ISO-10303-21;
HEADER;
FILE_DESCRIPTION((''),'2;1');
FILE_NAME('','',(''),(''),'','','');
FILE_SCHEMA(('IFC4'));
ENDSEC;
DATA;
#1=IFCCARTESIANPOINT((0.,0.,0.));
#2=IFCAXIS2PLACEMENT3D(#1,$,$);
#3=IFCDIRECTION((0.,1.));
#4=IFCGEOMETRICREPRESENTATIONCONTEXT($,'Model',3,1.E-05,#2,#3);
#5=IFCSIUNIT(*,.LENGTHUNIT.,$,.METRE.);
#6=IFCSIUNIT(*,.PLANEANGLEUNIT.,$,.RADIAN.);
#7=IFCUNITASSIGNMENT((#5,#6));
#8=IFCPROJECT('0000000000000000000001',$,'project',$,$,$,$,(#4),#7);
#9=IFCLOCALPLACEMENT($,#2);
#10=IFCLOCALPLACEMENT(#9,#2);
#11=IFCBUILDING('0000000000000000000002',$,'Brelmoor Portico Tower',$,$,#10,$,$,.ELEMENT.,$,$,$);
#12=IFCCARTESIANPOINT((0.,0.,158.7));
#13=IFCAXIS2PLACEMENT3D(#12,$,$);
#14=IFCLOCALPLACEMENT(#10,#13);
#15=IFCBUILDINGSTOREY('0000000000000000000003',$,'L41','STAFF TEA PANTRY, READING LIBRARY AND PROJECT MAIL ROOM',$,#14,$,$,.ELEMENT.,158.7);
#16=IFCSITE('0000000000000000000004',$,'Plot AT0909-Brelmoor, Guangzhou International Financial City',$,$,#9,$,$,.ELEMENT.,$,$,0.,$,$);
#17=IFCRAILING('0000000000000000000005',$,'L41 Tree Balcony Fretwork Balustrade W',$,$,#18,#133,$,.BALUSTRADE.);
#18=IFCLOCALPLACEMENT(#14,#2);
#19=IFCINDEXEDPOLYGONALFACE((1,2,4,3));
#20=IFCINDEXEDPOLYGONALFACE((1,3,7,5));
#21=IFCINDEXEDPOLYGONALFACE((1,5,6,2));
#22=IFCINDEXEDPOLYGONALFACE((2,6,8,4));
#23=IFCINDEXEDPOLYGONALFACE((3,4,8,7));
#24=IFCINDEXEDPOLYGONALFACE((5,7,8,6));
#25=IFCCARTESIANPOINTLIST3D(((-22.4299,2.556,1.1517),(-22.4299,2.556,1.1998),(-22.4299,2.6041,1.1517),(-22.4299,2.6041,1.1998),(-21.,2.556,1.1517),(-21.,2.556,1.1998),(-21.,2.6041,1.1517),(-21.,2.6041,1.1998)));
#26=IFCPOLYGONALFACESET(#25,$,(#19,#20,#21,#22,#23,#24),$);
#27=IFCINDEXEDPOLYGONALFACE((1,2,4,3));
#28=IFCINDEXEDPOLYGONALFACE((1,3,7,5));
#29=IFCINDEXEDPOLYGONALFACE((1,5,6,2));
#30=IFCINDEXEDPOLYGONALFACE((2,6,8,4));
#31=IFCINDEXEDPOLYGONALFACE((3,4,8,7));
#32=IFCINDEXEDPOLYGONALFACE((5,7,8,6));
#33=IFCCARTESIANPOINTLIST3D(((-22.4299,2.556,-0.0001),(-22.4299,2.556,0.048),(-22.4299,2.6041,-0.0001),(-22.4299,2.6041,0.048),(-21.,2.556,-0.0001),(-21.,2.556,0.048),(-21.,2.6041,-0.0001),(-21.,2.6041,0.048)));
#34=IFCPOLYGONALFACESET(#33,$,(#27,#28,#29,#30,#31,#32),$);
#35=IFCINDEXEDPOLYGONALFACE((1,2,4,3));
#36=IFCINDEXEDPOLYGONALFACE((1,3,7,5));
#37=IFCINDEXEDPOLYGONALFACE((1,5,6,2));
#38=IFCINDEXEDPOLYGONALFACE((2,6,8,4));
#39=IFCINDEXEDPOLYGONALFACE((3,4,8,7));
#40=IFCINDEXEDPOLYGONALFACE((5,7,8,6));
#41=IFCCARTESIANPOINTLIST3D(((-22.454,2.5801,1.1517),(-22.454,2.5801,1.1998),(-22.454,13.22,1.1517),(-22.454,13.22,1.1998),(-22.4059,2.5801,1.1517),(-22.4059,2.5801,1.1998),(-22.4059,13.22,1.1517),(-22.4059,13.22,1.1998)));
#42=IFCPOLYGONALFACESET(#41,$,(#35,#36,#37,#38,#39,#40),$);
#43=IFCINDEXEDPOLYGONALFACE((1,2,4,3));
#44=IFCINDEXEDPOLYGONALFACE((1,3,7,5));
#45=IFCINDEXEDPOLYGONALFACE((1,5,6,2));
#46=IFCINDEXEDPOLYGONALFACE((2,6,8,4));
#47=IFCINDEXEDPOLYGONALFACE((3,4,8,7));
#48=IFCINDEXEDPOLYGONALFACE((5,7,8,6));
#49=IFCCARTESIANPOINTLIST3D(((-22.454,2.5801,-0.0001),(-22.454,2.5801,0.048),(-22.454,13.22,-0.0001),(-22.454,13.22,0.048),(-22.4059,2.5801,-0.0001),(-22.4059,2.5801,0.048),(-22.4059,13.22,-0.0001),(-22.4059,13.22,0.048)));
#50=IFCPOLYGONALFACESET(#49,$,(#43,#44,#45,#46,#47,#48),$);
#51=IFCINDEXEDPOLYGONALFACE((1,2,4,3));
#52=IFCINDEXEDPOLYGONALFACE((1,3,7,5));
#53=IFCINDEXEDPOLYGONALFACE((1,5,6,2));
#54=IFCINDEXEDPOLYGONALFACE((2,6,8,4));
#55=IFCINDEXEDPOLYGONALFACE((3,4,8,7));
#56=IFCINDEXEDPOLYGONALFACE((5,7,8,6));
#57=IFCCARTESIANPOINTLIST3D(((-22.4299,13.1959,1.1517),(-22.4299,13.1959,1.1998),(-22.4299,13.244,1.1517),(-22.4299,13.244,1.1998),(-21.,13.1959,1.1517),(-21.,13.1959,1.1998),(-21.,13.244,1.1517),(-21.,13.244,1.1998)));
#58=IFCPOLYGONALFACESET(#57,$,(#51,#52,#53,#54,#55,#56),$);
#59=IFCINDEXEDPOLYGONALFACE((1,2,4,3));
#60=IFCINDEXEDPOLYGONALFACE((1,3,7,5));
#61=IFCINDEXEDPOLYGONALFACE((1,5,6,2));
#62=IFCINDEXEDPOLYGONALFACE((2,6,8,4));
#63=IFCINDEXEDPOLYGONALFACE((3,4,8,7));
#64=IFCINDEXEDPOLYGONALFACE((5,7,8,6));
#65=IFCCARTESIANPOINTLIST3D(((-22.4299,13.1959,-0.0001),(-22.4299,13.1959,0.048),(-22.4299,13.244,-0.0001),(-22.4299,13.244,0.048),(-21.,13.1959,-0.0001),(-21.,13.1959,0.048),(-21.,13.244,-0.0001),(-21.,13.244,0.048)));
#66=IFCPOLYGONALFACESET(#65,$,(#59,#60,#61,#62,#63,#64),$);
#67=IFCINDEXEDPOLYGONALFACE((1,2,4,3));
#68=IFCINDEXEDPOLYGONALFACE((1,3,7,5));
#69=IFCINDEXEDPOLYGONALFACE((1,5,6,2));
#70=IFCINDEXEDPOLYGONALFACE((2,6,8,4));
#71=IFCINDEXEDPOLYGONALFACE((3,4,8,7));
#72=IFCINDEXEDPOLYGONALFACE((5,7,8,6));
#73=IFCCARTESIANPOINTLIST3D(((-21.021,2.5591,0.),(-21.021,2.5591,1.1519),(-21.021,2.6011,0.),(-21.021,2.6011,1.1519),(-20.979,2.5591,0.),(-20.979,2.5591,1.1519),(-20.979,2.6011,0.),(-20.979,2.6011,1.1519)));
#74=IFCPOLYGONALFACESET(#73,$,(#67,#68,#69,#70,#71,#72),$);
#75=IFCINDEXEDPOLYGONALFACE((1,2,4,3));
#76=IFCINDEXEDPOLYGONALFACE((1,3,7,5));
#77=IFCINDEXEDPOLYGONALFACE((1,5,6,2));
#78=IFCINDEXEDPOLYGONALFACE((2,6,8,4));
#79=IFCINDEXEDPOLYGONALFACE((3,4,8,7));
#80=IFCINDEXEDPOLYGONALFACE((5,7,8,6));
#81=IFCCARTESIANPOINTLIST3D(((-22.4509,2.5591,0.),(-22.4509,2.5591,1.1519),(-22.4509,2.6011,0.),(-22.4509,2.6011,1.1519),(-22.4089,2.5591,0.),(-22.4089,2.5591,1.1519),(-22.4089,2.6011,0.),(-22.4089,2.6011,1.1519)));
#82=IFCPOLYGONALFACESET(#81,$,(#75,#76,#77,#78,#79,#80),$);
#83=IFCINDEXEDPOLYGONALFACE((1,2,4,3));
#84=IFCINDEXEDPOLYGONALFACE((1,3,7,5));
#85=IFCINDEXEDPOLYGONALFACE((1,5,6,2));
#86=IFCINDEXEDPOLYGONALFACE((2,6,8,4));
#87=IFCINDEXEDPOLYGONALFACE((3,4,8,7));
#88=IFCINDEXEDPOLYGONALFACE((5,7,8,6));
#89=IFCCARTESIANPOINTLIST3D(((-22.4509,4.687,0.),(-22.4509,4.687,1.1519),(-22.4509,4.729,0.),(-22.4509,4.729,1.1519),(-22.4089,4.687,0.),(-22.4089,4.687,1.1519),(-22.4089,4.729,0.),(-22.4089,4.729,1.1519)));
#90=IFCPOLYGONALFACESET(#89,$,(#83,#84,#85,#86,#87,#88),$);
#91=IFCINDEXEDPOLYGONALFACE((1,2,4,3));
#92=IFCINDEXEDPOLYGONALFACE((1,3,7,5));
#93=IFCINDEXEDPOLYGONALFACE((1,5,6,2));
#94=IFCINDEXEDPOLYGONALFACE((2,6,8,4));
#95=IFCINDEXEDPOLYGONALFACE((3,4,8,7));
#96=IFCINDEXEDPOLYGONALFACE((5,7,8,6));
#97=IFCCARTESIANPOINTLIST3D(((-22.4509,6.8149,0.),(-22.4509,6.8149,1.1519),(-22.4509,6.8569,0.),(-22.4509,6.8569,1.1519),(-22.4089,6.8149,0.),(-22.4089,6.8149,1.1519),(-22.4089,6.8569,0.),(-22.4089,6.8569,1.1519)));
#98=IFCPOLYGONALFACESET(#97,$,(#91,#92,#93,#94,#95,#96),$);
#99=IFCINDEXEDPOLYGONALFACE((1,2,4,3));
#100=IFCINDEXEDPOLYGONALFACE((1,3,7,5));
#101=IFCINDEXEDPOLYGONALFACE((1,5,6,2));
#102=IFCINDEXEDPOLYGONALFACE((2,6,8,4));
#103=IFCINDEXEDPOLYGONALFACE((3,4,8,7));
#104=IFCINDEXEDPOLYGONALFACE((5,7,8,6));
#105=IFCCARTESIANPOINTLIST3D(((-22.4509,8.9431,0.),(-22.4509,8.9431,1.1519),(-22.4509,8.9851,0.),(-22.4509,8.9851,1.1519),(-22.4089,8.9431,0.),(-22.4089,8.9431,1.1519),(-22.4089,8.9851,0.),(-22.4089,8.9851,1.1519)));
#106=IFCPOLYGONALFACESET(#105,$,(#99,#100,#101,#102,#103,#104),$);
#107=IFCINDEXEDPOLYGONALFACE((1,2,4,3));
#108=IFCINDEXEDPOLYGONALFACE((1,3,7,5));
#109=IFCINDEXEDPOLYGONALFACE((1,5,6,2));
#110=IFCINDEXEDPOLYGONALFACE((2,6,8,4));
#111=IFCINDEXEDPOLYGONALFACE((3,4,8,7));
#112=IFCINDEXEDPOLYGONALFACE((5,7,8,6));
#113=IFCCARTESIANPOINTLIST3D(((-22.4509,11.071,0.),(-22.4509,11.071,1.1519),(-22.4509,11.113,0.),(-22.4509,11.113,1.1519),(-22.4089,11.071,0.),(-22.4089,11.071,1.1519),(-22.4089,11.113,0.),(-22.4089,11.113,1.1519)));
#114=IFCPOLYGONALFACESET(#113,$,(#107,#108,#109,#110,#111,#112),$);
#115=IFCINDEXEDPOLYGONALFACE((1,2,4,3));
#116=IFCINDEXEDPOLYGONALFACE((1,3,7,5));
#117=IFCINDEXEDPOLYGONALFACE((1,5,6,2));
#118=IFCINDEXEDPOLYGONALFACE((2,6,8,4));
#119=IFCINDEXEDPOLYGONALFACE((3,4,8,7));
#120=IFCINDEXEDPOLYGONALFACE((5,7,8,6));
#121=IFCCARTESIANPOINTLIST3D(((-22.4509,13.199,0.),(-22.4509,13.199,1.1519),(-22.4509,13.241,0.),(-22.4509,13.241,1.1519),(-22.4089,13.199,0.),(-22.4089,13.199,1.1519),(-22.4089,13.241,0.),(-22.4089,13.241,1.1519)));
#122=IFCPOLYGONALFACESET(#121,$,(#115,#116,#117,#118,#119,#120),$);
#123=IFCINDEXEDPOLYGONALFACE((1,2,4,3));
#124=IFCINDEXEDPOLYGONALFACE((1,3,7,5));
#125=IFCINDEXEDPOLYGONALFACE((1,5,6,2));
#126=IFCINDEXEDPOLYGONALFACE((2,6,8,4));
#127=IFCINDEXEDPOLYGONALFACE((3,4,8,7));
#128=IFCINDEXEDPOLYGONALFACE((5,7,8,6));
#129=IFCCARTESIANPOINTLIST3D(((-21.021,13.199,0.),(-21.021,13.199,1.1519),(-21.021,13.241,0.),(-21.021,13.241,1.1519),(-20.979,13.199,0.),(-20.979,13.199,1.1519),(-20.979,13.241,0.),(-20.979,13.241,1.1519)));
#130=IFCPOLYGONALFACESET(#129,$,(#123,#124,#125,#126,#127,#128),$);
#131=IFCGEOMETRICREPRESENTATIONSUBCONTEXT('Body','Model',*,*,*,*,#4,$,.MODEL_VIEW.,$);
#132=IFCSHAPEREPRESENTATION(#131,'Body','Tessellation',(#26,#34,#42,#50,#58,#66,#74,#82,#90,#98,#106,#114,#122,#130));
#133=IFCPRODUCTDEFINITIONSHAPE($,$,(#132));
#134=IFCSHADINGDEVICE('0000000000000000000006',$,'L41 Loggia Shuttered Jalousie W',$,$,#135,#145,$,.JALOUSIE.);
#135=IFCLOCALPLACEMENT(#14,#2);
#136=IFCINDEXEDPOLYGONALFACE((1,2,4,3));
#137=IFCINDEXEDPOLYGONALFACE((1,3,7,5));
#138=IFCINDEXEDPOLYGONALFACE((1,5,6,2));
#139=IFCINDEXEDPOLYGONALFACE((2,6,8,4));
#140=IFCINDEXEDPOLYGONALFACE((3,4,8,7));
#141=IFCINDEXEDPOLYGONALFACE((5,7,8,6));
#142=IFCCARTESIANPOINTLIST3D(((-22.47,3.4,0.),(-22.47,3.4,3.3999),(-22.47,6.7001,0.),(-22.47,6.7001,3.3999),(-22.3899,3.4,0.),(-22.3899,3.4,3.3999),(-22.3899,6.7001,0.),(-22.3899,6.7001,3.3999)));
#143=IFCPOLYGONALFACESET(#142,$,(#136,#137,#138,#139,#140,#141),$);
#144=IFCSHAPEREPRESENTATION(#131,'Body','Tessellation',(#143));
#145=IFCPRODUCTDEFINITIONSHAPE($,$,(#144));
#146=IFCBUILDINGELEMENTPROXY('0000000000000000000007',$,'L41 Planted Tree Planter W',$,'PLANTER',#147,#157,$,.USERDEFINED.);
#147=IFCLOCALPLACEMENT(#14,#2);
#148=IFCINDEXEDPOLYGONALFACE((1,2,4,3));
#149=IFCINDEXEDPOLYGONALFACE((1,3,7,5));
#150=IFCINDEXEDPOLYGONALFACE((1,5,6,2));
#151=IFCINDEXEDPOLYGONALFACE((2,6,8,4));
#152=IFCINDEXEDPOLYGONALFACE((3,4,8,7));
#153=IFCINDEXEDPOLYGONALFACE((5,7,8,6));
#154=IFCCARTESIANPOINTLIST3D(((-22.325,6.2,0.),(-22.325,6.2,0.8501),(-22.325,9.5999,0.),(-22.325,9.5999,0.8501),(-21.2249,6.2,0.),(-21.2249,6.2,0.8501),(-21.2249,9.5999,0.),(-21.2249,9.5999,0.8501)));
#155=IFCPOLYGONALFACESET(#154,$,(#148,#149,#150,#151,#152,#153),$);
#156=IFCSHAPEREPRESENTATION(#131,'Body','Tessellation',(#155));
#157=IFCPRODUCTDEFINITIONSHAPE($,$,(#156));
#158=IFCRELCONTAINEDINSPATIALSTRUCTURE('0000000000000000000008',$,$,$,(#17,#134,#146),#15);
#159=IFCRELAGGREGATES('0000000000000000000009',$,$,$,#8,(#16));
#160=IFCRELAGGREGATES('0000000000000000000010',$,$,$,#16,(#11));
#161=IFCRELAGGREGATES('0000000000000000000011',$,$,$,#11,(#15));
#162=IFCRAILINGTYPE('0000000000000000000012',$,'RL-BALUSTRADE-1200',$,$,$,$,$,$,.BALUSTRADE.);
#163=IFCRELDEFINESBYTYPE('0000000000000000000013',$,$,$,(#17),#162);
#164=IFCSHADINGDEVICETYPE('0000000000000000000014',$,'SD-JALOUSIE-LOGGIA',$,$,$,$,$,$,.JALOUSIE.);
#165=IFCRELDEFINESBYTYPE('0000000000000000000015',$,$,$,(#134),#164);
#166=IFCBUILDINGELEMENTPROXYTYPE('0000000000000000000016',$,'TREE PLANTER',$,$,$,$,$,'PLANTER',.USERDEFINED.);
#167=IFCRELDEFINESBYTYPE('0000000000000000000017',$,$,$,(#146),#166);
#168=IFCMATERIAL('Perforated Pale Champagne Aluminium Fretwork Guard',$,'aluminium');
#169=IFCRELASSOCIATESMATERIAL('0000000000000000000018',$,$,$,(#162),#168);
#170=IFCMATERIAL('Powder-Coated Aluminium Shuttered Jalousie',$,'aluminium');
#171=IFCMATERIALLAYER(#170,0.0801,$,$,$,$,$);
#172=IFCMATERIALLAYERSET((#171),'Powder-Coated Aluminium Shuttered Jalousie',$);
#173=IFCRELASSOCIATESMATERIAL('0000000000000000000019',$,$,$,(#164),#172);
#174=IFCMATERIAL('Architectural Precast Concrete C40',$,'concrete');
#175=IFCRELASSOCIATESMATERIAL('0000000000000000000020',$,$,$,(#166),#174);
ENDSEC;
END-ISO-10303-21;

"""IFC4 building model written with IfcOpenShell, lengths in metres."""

from ifc_helpers import new_model, si_unit, direction, frame, origin, origin_2d, place, context, subcontext, project, spatial, rectangle, extrude, material, layer, layer_set, type_object, element, save


model = new_model("IFC4")

# Units and contexts
model_context = context("Model", 3, precision=1e-05, world=origin(), true_north=direction((0.0, 1.0)))
body_context = subcontext(model_context, "Body", "Model", "MODEL_VIEW")
ifc_project = project(units=[si_unit("LENGTHUNIT", "METRE"), si_unit("PLANEANGLEUNIT", "RADIAN")], contexts=[model_context])

# Site, building, storey
site_placement = place(None, origin())
site = spatial("IfcSite", under=ifc_project, at=site_placement, Name="Plot AT0909-Brelmoor, Guangzhou International Financial City", CompositionType="ELEMENT", RefElevation=0.0)
building_placement = place(site_placement, origin())
building = spatial("IfcBuilding", under=site, at=building_placement, Name="Brelmoor Portico Tower", CompositionType="ELEMENT")
storey_placement = place(building_placement, frame((0.0, 0.0, 158.7)))
storey = spatial("IfcBuildingStorey", under=building, at=storey_placement, Name="L41", Description="STAFF TEA PANTRY, READING LIBRARY AND PROJECT MAIL ROOM", CompositionType="ELEMENT", Elevation=158.7)

# Railing
ifc_material_1 = material(Name="Perforated Pale Champagne Aluminium Fretwork Guard", Category="aluminium")
railing_type = type_object("IfcRailingType", Name="RL-BALUSTRADE-1200", PredefinedType="BALUSTRADE", material=ifc_material_1)
railing_placement = place(storey_placement, frame((-21.0, 2.5801, 0.0)))
element("IfcRailing", 1, at=railing_placement, inside=storey, type_object=railing_type, Name="L41 Tree Balcony Fretwork Balustrade W", PredefinedType="BALUSTRADE", context=body_context, shape_type="SweptSolid", body=[
    extrude(rectangle(XDim=0.0481, YDim=0.0481, at=origin_2d()), frame((0.0, 0.0, 1.1758), z_axis=(-1.0, 0.0, 0.0), x_axis=(0.0, -1.0, 0.0)), (0.0, 0.0, 1.0), 1.4299),
    extrude(rectangle(XDim=0.0481, YDim=0.0481, at=origin_2d()), frame((0.0, 0.0, 0.0239), z_axis=(-1.0, 0.0, 0.0), x_axis=(0.0, -1.0, 0.0)), (0.0, 0.0, 1.0), 1.4299),
    extrude(rectangle(XDim=0.0481, YDim=0.0481, at=origin_2d()), frame((-1.4299, 0.0, 1.1758), z_axis=(0.0, 1.0, 0.0), x_axis=(-1.0, 0.0, 0.0)), (0.0, 0.0, 1.0), 10.6399),
    extrude(rectangle(XDim=0.0481, YDim=0.0481, at=origin_2d()), frame((-1.4299, 0.0, 0.0239), z_axis=(0.0, 1.0, 0.0), x_axis=(-1.0, 0.0, 0.0)), (0.0, 0.0, 1.0), 10.6399),
    extrude(rectangle(XDim=0.0481, YDim=0.0481, at=origin_2d()), frame((-1.4299, 10.6399, 1.1758), z_axis=(1.0, 0.0, 0.0), x_axis=(0.0, 1.0, 0.0)), (0.0, 0.0, 1.0), 1.4299),
    extrude(rectangle(XDim=0.0481, YDim=0.0481, at=origin_2d()), frame((-1.4299, 10.6399, 0.0239), z_axis=(1.0, 0.0, 0.0), x_axis=(0.0, 1.0, 0.0)), (0.0, 0.0, 1.0), 1.4299),
    extrude(rectangle(XDim=0.042, YDim=0.042, at=origin_2d()), origin(), (0.0, 0.0, 1.0), 1.1519),
    extrude(rectangle(XDim=0.042, YDim=0.042, at=origin_2d()), frame((-1.4299, 0.0, 0.0)), (0.0, 0.0, 1.0), 1.1519),
    extrude(rectangle(XDim=0.042, YDim=0.042, at=origin_2d()), frame((-1.4299, 2.1279, 0.0)), (0.0, 0.0, 1.0), 1.1519),
    extrude(rectangle(XDim=0.042, YDim=0.042, at=origin_2d()), frame((-1.4299, 4.2559, 0.0)), (0.0, 0.0, 1.0), 1.1519),
    extrude(rectangle(XDim=0.042, YDim=0.042, at=origin_2d()), frame((-1.4299, 6.384, 0.0)), (0.0, 0.0, 1.0), 1.1519),
    extrude(rectangle(XDim=0.042, YDim=0.042, at=origin_2d()), frame((-1.4299, 8.512, 0.0)), (0.0, 0.0, 1.0), 1.1519),
    extrude(rectangle(XDim=0.042, YDim=0.042, at=origin_2d()), frame((-1.4299, 10.6399, 0.0)), (0.0, 0.0, 1.0), 1.1519),
    extrude(rectangle(XDim=0.042, YDim=0.042, at=origin_2d()), frame((0.0, 10.6399, 0.0)), (0.0, 0.0, 1.0), 1.1519),
])

# Shading device
ifc_material_2 = material(Name="Powder-Coated Aluminium Shuttered Jalousie", Category="aluminium")
ifc_layer_1 = layer(ifc_material_2, 0.0801)
ifc_layer_set_1 = layer_set([ifc_layer_1], Name="Powder-Coated Aluminium Shuttered Jalousie")
shading_device_type = type_object("IfcShadingDeviceType", Name="SD-JALOUSIE-LOGGIA", PredefinedType="JALOUSIE", material=ifc_layer_set_1)
shading_device_placement = place(storey_placement, frame((-22.4299, 5.05, 0.0), z_axis=(0.0, 0.0, 1.0), x_axis=(0.0, 1.0, 0.0)))
element("IfcShadingDevice", 2, at=shading_device_placement, inside=storey, type_object=shading_device_type, Name="L41 Loggia Shuttered Jalousie W", PredefinedType="JALOUSIE", context=body_context, shape_type="SweptSolid", body=[
    extrude(rectangle(XDim=3.3, YDim=0.0801, at=origin_2d()), origin(), (0.0, 0.0, 1.0), 3.3999),
])

# Building element proxy
ifc_material_3 = material(Name="Architectural Precast Concrete C40", Category="concrete")
building_element_proxy_type = type_object("IfcBuildingElementProxyType", Name="TREE PLANTER", ElementType="PLANTER", PredefinedType="USERDEFINED", material=ifc_material_3)
proxy_placement = place(storey_placement, frame((-21.7749, 7.8999, 0.0), z_axis=(0.0, 0.0, 1.0), x_axis=(0.0, 1.0, 0.0)))
element("IfcBuildingElementProxy", 3, at=proxy_placement, inside=storey, type_object=building_element_proxy_type, Name="L41 Planted Tree Planter W", ObjectType="PLANTER", PredefinedType="USERDEFINED", context=body_context, shape_type="SweptSolid", body=[
    extrude(rectangle(XDim=3.3999, YDim=1.1001, at=origin_2d()), origin(), (0.0, 0.0, 1.0), 0.8501),
])

save(model, "model.ifc")
